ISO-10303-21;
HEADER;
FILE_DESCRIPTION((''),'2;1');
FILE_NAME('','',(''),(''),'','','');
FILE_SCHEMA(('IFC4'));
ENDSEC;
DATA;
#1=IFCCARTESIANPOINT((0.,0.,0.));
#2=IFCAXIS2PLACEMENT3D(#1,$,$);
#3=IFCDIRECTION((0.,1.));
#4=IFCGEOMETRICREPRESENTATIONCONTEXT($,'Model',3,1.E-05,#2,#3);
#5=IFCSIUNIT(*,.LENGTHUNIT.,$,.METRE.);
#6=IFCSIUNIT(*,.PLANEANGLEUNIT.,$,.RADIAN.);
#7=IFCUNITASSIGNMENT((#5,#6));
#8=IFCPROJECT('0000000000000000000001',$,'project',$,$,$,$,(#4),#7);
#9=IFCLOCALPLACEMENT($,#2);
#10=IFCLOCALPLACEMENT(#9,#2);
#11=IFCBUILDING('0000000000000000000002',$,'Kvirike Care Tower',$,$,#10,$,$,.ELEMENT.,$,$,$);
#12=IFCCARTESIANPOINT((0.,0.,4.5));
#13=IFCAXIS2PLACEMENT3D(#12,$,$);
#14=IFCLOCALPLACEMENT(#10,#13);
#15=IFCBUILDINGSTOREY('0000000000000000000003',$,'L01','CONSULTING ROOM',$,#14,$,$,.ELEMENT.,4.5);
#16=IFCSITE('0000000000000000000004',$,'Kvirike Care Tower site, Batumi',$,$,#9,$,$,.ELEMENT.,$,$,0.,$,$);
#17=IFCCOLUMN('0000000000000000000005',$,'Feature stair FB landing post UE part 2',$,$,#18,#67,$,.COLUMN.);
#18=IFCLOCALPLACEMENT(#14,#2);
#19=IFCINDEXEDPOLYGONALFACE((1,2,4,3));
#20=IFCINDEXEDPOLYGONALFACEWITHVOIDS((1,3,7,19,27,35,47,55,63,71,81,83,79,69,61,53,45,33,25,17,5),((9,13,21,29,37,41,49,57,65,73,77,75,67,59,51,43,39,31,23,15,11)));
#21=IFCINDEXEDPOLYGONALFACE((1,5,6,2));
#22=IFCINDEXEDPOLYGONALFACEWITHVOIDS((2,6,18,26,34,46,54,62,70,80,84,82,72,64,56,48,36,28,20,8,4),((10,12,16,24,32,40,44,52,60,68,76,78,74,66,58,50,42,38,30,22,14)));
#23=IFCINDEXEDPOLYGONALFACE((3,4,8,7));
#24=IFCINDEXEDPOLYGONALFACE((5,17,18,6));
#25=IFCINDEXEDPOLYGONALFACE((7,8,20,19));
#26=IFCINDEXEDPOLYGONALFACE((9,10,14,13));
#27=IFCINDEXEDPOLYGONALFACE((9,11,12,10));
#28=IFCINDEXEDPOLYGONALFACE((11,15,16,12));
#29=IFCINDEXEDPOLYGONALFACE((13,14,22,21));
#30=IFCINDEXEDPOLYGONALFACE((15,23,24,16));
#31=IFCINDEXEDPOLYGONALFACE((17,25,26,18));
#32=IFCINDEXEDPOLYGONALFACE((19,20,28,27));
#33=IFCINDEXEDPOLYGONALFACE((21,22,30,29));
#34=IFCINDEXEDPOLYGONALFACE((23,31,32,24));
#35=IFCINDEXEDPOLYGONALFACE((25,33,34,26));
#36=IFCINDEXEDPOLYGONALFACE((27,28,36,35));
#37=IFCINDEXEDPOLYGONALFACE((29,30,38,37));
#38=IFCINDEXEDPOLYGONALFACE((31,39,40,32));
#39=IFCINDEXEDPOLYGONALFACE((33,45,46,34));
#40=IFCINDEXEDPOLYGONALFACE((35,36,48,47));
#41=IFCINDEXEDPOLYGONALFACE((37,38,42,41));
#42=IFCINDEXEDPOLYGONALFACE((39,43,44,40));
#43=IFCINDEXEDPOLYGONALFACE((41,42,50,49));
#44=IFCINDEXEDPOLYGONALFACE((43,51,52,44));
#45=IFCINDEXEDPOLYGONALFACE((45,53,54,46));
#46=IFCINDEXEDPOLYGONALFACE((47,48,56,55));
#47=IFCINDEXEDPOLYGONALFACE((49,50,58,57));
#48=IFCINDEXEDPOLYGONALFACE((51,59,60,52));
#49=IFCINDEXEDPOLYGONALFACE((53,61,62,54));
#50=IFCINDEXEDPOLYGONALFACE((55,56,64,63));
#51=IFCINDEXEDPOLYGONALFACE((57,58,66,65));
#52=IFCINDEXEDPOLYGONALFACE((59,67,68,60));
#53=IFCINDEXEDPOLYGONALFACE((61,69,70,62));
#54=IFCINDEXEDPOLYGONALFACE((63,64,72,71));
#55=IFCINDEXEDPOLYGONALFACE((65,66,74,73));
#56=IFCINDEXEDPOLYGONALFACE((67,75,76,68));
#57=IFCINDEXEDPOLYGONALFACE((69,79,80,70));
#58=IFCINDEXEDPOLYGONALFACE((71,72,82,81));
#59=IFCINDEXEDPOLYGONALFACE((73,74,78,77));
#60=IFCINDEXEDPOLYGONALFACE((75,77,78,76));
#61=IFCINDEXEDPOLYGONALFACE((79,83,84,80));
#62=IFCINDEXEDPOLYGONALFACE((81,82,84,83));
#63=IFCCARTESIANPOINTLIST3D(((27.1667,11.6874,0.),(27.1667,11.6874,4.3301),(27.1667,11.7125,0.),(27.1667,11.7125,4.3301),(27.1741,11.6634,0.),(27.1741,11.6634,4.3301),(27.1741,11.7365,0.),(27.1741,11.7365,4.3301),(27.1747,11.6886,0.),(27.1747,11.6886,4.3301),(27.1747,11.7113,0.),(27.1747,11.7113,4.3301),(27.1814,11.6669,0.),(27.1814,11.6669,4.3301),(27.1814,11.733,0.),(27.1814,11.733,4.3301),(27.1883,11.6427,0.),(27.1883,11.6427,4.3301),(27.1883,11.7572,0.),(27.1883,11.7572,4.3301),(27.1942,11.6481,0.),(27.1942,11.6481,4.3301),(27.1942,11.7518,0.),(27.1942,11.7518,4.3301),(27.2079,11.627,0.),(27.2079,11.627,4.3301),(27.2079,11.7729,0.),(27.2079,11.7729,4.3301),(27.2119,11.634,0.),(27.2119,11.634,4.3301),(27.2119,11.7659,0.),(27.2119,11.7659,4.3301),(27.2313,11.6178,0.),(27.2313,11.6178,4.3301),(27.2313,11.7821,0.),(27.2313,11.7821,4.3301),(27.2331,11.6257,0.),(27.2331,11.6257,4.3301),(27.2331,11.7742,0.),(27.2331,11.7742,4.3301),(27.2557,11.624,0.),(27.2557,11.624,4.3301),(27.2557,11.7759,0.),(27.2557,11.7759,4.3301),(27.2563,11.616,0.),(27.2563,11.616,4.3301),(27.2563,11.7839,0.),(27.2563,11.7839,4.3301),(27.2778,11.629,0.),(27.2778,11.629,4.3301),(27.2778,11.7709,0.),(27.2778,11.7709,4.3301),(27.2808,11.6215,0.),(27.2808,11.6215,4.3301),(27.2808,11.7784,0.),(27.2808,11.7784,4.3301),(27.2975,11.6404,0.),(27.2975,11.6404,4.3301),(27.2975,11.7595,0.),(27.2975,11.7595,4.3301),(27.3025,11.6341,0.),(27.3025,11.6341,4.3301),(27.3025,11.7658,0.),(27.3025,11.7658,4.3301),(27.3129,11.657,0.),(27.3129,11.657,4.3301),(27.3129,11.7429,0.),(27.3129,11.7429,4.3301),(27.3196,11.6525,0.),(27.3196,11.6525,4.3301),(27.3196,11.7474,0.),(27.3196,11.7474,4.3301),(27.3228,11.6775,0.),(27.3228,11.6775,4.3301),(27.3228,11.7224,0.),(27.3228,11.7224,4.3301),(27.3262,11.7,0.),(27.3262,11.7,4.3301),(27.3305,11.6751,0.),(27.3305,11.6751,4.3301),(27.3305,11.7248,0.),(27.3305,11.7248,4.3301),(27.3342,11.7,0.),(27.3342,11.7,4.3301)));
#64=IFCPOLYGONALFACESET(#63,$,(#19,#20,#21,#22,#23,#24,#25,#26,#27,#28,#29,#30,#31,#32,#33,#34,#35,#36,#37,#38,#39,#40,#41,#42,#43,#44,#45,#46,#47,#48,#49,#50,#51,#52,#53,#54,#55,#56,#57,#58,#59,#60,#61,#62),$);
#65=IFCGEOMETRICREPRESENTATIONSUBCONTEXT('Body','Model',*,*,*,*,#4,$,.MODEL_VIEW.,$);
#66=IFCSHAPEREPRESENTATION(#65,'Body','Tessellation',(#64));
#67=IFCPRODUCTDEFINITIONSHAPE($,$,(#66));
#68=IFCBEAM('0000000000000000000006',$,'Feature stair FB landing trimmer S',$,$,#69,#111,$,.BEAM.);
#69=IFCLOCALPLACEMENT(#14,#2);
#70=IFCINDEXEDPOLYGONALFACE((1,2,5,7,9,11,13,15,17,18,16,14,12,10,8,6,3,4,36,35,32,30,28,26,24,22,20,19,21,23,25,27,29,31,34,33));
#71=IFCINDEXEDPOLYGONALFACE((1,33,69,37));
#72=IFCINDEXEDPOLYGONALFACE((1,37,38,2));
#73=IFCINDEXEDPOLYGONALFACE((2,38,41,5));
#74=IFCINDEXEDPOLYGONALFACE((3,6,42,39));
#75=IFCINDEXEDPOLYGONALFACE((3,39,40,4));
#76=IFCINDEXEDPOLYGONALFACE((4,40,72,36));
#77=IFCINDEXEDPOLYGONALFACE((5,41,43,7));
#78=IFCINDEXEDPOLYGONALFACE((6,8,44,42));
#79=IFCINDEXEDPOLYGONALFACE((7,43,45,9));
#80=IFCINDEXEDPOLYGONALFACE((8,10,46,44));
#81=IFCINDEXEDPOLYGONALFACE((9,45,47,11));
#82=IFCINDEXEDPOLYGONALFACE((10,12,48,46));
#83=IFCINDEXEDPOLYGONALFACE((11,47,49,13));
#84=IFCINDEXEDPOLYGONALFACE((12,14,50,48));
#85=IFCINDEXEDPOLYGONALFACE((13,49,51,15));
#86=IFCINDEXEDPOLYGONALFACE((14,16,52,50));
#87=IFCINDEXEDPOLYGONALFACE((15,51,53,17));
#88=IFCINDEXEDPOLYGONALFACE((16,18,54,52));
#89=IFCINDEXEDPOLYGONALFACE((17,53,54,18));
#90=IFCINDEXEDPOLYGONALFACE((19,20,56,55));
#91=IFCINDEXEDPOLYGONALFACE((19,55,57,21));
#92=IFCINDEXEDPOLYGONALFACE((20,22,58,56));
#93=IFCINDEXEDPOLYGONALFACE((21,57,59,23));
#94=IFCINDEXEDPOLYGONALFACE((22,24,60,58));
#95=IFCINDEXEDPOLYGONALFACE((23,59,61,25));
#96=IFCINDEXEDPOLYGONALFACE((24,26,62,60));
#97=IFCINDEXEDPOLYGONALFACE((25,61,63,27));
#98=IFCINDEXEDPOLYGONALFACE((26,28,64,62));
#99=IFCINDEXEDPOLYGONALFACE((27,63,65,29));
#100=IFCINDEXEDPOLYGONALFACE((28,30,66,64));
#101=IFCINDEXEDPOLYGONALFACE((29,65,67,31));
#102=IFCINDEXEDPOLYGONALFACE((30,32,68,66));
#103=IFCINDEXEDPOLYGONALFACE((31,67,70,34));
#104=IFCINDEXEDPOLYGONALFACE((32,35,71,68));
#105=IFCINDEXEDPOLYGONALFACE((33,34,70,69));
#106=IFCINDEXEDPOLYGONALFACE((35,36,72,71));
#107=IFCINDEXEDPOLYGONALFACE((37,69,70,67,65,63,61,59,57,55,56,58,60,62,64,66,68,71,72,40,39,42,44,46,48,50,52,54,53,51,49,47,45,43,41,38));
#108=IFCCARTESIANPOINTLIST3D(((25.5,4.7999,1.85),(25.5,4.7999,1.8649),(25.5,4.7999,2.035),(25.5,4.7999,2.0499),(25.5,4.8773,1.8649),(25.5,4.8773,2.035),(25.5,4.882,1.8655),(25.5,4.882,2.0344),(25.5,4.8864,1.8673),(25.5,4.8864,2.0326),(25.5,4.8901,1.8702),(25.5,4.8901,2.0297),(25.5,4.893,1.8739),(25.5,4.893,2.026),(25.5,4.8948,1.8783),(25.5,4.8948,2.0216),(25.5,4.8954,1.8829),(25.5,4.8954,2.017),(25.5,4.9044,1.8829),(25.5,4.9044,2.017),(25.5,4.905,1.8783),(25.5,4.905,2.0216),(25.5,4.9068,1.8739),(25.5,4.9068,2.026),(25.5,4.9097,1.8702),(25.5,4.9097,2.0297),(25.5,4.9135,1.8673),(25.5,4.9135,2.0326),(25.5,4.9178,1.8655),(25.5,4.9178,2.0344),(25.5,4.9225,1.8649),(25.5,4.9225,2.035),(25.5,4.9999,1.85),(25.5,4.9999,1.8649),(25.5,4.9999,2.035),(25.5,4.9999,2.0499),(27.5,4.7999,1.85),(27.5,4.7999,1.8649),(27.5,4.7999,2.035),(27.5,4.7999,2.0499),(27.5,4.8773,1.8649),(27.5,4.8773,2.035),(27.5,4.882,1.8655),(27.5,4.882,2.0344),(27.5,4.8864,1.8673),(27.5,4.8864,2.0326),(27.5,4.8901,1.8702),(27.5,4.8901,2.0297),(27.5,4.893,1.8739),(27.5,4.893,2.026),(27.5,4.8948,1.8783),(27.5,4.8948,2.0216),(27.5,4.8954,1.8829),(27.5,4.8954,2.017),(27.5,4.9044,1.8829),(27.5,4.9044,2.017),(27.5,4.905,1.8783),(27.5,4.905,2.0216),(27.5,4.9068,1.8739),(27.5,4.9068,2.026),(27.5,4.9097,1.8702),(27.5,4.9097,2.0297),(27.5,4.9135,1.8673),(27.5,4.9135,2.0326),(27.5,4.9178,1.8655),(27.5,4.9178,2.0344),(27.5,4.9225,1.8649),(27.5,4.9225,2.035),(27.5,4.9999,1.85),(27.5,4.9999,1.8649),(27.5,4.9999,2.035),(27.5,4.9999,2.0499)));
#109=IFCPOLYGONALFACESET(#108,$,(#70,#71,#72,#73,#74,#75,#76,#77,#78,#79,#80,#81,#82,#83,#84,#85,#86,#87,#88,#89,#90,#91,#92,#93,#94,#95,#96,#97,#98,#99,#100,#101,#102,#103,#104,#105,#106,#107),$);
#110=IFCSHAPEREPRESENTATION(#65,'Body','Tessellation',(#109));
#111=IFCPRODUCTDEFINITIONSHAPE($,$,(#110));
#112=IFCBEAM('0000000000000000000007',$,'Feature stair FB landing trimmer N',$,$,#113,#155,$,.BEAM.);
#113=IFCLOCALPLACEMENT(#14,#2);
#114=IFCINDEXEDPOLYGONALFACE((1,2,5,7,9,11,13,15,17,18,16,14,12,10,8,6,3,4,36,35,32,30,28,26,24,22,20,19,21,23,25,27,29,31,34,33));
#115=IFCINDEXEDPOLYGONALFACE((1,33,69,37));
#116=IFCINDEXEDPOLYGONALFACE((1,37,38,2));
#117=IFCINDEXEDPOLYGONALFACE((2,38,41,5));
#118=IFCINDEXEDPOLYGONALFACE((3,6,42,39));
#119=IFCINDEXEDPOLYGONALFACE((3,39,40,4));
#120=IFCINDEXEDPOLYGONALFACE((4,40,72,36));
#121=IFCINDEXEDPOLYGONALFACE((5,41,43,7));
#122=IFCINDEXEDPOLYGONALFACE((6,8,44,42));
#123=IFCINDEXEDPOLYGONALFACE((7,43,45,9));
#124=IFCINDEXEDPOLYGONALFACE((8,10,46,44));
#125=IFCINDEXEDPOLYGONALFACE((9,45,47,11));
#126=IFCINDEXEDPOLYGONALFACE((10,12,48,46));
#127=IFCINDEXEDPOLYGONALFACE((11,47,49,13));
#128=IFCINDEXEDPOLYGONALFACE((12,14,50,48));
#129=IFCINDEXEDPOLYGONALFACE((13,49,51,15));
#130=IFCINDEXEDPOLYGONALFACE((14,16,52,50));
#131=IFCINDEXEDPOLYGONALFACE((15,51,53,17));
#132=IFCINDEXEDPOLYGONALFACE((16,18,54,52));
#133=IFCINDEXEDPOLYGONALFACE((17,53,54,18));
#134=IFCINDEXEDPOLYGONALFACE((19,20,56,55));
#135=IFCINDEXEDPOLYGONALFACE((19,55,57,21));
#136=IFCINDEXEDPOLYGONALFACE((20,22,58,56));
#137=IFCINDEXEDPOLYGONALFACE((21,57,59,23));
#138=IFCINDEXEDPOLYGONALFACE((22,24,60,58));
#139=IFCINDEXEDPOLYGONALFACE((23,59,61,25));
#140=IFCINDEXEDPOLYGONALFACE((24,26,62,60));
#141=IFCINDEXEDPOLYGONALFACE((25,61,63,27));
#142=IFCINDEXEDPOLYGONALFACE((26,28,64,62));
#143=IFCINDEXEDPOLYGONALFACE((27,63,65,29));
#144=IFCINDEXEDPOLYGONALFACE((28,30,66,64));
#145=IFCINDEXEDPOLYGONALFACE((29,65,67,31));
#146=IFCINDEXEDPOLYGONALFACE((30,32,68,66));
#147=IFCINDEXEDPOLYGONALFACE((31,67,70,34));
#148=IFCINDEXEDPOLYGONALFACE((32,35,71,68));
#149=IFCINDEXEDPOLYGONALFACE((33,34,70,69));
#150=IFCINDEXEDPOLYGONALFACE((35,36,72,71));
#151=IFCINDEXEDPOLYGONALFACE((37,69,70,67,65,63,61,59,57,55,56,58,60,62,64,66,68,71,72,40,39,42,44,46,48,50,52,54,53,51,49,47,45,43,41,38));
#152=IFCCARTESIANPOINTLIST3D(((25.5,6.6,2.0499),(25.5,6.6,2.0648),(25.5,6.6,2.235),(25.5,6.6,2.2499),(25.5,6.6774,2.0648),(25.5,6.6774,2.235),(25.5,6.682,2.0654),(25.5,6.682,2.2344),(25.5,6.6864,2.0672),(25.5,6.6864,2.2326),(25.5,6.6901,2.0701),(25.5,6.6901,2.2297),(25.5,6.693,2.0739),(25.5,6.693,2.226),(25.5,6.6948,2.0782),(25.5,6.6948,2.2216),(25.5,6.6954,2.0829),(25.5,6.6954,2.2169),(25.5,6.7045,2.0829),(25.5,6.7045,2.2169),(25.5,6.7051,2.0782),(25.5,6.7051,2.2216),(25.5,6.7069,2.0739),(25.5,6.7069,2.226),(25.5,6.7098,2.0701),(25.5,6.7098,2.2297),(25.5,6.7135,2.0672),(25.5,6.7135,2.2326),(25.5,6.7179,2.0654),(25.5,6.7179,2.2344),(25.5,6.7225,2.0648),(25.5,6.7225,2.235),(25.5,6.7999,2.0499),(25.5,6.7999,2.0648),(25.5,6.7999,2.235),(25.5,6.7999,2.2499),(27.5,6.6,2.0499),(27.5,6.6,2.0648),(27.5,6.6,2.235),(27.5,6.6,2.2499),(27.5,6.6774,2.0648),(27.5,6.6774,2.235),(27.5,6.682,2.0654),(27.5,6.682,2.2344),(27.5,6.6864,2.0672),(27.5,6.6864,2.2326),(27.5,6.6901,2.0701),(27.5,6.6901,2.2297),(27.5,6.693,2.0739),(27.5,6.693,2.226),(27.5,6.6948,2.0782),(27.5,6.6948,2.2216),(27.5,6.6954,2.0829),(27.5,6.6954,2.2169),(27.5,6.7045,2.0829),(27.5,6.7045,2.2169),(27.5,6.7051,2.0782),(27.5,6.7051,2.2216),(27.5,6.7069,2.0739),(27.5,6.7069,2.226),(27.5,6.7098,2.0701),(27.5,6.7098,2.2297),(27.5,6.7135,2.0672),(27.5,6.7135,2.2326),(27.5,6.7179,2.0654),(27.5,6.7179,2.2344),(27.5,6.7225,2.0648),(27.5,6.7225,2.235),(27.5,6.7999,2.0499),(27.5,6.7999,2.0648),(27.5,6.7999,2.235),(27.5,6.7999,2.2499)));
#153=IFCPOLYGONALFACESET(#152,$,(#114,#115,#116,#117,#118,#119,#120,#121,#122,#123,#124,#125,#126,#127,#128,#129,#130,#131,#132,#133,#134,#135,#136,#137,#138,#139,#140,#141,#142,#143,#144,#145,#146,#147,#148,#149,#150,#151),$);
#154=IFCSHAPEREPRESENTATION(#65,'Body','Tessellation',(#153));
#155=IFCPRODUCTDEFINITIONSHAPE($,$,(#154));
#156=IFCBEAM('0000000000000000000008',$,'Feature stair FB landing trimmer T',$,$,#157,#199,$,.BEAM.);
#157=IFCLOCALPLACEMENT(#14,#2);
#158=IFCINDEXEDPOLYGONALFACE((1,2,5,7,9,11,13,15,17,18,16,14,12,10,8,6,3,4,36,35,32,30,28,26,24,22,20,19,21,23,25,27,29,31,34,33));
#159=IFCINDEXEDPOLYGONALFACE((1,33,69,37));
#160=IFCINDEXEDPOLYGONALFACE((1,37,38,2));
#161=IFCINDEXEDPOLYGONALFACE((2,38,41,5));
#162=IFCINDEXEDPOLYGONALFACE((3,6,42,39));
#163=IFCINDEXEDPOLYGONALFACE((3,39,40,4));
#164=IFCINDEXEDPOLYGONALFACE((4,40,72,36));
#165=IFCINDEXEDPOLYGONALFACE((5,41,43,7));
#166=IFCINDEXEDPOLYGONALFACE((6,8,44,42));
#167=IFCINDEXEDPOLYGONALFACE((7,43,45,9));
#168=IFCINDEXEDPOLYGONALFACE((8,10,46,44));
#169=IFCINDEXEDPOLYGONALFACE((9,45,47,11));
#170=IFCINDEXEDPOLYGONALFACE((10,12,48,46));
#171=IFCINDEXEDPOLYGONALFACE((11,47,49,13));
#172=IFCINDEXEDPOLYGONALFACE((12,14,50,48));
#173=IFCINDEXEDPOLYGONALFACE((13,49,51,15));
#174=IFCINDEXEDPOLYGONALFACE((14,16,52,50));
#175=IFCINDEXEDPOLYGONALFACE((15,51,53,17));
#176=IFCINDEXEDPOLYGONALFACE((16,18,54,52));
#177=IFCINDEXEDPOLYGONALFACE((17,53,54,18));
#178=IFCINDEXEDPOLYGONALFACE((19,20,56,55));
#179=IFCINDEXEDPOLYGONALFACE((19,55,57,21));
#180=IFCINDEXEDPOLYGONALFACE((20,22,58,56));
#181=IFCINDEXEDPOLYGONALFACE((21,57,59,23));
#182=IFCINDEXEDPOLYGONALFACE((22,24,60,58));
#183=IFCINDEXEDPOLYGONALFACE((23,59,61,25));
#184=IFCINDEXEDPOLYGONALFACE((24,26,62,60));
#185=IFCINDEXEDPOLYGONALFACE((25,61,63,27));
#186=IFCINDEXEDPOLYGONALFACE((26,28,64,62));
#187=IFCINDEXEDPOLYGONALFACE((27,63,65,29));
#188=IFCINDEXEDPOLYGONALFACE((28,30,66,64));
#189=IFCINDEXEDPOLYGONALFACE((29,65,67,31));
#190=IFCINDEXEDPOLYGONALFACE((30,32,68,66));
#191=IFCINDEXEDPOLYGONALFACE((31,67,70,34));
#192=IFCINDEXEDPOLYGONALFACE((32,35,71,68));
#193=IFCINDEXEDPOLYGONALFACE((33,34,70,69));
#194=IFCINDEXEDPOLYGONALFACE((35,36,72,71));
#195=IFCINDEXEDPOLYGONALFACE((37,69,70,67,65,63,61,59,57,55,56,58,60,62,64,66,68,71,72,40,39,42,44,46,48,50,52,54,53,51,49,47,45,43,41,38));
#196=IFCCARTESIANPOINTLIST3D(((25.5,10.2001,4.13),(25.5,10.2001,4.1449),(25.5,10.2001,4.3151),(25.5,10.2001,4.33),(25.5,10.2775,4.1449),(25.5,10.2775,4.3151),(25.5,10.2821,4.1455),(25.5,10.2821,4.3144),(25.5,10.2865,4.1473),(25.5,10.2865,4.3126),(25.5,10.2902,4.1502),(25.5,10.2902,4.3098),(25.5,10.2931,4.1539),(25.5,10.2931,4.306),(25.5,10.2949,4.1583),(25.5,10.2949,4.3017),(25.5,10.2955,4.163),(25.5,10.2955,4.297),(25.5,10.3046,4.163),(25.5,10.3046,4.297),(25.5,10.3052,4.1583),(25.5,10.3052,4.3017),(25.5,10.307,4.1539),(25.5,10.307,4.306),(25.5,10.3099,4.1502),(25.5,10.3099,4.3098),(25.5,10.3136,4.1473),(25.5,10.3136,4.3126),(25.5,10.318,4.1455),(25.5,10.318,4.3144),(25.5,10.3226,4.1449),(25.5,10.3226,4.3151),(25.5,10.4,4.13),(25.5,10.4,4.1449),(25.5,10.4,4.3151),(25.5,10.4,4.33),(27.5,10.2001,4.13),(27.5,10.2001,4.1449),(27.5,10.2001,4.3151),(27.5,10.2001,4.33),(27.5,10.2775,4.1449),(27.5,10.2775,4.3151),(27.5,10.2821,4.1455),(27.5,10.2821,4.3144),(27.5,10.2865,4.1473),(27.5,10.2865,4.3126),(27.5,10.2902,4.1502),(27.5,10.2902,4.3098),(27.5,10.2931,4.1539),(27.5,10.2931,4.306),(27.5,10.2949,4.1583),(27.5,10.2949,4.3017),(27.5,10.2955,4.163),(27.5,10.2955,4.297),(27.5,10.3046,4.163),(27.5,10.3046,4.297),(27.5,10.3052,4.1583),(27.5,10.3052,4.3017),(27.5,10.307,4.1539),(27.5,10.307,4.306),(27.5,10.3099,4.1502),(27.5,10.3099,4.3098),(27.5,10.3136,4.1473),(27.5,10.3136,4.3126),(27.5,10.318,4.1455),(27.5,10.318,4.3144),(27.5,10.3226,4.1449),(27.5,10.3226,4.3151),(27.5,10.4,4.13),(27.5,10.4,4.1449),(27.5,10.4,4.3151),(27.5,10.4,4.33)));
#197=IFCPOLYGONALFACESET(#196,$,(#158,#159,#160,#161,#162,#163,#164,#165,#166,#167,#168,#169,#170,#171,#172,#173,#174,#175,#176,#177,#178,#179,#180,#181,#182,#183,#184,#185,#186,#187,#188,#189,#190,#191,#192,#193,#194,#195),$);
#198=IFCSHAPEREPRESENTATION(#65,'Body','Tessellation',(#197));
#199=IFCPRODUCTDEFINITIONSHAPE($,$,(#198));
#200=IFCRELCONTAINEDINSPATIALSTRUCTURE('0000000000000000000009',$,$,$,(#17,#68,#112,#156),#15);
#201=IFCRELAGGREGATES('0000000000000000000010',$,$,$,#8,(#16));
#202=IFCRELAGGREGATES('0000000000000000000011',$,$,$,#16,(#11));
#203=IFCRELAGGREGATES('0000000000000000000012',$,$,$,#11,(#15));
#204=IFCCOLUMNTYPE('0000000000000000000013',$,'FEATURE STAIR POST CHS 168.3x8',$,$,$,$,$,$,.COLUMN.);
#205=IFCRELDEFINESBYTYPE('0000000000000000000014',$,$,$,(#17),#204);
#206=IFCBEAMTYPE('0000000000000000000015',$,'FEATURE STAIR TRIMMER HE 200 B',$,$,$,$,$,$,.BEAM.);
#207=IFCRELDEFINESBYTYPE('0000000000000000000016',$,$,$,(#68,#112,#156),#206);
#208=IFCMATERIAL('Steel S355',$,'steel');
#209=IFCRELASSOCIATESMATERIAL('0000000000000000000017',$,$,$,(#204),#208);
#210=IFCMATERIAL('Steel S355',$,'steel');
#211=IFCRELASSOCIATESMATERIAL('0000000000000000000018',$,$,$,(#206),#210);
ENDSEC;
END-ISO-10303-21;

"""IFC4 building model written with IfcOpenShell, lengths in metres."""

from ifc_helpers import new_model, si_unit, direction, frame, origin, origin_2d, place, context, subcontext, project, spatial, hollow_circle, i_section, extrude, material, material_profile, profile_set, type_object, element, save


model = new_model("IFC4")

# Units and contexts
model_context = context("Model", 3, precision=1e-05, world=origin(), true_north=direction((0.0, 1.0)))
body_context = subcontext(model_context, "Body", "Model", "MODEL_VIEW")
ifc_project = project(units=[si_unit("LENGTHUNIT", "METRE"), si_unit("PLANEANGLEUNIT", "RADIAN")], contexts=[model_context])

# Site, building, storey
site_placement = place(None, origin())
site = spatial("IfcSite", under=ifc_project, at=site_placement, Name="Kvirike Care Tower site, Batumi", CompositionType="ELEMENT", RefElevation=0.0)
building_placement = place(site_placement, origin())
building = spatial("IfcBuilding", under=site, at=building_placement, Name="Kvirike Care Tower", CompositionType="ELEMENT")
storey_placement = place(building_placement, frame((0.0, 0.0, 4.5)))
storey = spatial("IfcBuildingStorey", under=building, at=storey_placement, Name="L01", Description="CONSULTING ROOM", CompositionType="ELEMENT", Elevation=4.5)

# Column
ifc_material_1 = material(Name="Steel S355", Category="steel")
ifc_material_profile_1 = material_profile(ifc_material_1, hollow_circle(Radius=0.0842, WallThickness=0.0081, at=origin_2d()), Name="CHS 168.3x8")
ifc_profile_set_1 = profile_set([ifc_material_profile_1], Name="Steel S355")
column_type_1 = type_object("IfcColumnType", Name="FEATURE STAIR POST CHS 168.3x8", PredefinedType="COLUMN", material=ifc_profile_set_1)
for number, where, z_axis, x_axis, name in (
    (1, (27.25, 11.7, 0.0), (0.0, 0.0, 1.0), (1.0, 0.0, 0.0), "Feature stair FB landing post UE part 2"),
):
    element("IfcColumn", number, at=place(storey_placement, frame(where, z_axis=z_axis, x_axis=x_axis)), inside=storey, type_object=column_type_1, Name=name, PredefinedType="COLUMN", context=body_context, shape_type="SweptSolid", body=[
        extrude(hollow_circle(Radius=0.0842, WallThickness=0.0081, at=origin_2d()), origin(), (0.0, 0.0, 1.0), 4.3301),
    ])

# Beams
ifc_material_2 = material(Name="Steel S355", Category="steel")
ifc_material_profile_2 = material_profile(ifc_material_2, i_section(OverallWidth=0.2, OverallDepth=0.2, WebThickness=0.009, FlangeThickness=0.0149, FilletRadius=0.0181, at=origin_2d()), Name="HE 200 B")
ifc_profile_set_2 = profile_set([ifc_material_profile_2], Name="Steel S355")
beam_type_1 = type_object("IfcBeamType", Name="FEATURE STAIR TRIMMER HE 200 B", PredefinedType="BEAM", material=ifc_profile_set_2)
for number, where, z_axis, x_axis, name in (
    (2, (25.5, 4.8999, 1.95), (1.0, 0.0, 0.0), (0.0, 1.0, 0.0), "Feature stair FB landing trimmer S"),
    (3, (25.5, 6.7, 2.1499), (1.0, 0.0, 0.0), (0.0, 1.0, 0.0), "Feature stair FB landing trimmer N"),
    (4, (25.5, 10.3, 4.23), (1.0, 0.0, 0.0), (0.0, 1.0, 0.0), "Feature stair FB landing trimmer T"),
):
    element("IfcBeam", number, at=place(storey_placement, frame(where, z_axis=z_axis, x_axis=x_axis)), inside=storey, type_object=beam_type_1, Name=name, PredefinedType="BEAM", context=body_context, shape_type="SweptSolid", body=[
        extrude(i_section(OverallWidth=0.2, OverallDepth=0.2, WebThickness=0.009, FlangeThickness=0.0149, FilletRadius=0.0181, at=origin_2d()), origin(), (0.0, 0.0, 1.0), 2.0),
    ])

save(model, "model.ifc")
